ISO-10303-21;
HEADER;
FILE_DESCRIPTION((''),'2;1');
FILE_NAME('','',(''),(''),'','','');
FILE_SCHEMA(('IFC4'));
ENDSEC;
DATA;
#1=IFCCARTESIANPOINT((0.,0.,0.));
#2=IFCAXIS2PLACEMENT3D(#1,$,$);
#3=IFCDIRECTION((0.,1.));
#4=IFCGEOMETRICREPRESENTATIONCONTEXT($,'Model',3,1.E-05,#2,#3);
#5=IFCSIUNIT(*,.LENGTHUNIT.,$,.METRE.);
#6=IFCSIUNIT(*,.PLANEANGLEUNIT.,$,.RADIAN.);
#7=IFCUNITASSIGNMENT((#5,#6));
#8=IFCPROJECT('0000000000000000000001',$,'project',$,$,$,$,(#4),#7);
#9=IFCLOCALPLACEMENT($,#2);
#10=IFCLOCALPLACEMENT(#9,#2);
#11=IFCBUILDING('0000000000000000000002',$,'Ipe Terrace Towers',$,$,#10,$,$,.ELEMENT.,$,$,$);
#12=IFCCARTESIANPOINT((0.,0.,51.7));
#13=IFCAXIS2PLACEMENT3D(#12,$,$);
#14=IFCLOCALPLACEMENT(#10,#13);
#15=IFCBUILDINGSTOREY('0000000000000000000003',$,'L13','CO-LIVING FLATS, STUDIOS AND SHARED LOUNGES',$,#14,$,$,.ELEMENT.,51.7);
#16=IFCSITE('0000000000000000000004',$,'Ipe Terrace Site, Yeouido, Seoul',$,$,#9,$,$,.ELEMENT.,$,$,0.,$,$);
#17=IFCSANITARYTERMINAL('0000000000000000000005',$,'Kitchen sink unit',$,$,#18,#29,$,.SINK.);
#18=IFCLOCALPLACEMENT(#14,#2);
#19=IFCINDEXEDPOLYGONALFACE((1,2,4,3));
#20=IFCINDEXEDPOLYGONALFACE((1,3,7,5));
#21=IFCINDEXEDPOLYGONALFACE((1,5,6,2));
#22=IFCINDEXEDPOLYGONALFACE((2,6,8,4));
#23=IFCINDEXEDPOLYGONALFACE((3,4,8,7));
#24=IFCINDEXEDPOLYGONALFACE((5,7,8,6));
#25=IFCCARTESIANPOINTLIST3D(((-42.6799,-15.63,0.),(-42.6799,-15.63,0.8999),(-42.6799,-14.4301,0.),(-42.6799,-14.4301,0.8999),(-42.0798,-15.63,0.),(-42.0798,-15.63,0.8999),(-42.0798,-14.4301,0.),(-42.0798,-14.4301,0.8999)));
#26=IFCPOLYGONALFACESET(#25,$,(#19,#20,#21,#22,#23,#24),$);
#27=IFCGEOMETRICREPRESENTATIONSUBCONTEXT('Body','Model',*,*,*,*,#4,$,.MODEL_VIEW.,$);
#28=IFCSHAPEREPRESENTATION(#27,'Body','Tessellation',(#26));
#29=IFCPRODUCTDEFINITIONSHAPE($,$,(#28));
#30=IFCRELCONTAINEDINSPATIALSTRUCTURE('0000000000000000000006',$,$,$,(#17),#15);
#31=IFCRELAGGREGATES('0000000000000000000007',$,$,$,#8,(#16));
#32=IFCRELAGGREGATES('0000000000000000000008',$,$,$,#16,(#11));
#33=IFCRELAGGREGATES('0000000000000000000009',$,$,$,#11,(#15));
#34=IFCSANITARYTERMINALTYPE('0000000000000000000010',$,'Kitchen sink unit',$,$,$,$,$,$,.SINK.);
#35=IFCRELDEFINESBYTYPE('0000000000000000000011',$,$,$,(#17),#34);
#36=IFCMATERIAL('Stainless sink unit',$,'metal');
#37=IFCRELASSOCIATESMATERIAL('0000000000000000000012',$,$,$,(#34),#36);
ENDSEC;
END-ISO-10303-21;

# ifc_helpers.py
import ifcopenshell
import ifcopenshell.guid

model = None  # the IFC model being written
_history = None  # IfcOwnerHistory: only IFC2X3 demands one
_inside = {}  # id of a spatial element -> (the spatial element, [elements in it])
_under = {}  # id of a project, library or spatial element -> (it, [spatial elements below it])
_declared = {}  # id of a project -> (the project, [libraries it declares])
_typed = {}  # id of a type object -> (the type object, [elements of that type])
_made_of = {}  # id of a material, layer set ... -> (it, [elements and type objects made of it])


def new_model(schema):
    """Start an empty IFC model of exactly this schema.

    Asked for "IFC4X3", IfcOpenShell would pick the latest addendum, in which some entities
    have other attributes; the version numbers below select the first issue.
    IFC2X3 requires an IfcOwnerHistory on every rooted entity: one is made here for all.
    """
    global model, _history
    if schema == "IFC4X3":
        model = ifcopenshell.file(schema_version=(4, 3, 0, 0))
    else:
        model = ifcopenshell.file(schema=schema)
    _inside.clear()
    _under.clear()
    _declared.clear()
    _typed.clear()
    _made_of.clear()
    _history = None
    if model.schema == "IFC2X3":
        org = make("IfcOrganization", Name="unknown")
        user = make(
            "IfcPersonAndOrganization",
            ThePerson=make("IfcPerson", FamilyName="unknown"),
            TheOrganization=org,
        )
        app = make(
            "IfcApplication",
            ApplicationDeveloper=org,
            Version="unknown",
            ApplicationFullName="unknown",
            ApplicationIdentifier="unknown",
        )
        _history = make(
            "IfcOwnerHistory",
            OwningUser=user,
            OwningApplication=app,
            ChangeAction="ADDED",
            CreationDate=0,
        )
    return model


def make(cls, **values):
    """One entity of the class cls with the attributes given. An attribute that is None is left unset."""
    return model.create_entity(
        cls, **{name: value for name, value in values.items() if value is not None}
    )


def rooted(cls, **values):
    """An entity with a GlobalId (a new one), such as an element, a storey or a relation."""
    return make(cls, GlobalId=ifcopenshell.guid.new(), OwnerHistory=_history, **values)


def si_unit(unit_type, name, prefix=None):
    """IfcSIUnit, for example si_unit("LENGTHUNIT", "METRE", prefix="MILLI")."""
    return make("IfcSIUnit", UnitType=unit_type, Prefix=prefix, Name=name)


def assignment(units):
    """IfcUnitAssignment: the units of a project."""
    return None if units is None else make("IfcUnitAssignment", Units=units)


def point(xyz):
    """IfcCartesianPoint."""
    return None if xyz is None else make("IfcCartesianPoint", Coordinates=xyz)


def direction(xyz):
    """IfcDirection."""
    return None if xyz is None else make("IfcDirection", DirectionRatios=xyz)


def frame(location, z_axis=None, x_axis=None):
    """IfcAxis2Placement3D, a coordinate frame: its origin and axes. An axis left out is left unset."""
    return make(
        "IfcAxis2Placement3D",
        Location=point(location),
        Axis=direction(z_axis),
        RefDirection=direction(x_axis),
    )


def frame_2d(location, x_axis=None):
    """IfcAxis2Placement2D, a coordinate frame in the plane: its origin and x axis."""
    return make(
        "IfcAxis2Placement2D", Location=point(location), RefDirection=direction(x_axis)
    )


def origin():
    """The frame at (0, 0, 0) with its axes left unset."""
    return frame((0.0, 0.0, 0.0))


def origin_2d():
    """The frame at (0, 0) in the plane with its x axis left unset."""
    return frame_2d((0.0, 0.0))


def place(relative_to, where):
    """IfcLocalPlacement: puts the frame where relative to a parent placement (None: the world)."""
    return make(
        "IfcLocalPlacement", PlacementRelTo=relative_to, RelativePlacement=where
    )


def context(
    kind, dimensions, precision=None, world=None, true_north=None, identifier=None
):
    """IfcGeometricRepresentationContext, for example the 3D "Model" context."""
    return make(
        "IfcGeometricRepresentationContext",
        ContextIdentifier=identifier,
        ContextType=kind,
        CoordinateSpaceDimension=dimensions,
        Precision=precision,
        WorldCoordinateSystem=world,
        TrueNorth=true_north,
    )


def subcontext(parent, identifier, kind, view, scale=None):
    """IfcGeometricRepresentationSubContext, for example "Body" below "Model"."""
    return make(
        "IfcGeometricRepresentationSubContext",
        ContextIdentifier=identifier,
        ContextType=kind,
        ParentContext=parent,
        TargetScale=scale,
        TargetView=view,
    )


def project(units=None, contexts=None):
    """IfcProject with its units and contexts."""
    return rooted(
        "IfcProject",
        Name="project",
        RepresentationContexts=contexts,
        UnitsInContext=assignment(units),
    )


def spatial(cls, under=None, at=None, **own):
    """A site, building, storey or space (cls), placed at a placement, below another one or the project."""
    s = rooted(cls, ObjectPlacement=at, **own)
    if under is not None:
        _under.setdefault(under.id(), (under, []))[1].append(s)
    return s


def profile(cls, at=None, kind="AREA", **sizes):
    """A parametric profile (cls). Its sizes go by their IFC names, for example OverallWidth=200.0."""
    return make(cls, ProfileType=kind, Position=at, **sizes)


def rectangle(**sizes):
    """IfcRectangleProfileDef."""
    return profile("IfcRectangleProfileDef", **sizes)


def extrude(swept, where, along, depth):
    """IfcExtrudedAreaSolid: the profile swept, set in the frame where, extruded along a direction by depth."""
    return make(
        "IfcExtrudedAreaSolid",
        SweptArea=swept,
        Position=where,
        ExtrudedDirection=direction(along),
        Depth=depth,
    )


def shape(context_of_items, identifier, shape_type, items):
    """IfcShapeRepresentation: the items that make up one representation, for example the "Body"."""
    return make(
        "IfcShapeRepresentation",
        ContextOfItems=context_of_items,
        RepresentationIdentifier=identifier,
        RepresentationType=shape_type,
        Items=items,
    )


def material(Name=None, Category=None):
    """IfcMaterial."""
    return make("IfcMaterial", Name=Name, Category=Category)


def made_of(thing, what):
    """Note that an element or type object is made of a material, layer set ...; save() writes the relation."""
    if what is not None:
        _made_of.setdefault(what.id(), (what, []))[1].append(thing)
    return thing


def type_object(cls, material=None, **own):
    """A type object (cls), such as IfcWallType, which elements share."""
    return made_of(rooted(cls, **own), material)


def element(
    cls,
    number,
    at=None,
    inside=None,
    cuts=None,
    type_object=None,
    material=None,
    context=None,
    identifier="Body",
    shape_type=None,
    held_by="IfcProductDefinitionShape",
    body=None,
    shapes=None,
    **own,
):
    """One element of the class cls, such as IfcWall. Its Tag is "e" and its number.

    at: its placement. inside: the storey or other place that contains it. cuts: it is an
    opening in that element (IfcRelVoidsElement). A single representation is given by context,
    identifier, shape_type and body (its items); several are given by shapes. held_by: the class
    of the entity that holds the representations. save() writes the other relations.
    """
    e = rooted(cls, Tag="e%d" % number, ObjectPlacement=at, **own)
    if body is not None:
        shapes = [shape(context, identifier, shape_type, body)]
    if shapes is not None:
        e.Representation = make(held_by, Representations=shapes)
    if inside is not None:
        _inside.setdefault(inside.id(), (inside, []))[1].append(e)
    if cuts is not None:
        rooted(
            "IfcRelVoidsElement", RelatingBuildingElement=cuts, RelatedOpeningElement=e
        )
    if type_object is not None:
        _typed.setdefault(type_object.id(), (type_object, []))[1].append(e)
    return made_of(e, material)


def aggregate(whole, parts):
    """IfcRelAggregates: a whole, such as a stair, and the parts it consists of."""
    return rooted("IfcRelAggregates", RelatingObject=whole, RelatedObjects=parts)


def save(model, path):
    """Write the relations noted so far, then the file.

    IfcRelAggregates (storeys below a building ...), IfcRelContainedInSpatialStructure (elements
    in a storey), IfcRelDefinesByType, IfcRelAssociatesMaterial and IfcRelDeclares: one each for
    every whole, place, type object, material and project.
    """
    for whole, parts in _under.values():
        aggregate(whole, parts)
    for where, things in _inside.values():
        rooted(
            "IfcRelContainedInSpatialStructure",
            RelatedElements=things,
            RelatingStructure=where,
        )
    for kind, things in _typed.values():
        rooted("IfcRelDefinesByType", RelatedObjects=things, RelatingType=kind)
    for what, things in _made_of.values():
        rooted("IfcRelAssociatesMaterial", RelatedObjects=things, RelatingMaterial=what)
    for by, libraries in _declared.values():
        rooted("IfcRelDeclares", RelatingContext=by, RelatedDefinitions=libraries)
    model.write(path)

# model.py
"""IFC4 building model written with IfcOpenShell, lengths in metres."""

from ifc_helpers import new_model, si_unit, direction, frame, origin, origin_2d, place, context, subcontext, project, spatial, rectangle, extrude, material, type_object, element, save


model = new_model("IFC4")

# Units and contexts
model_context = context("Model", 3, precision=1e-05, world=origin(), true_north=direction((0.0, 1.0)))
body_context = subcontext(model_context, "Body", "Model", "MODEL_VIEW")
ifc_project = project(units=[si_unit("LENGTHUNIT", "METRE"), si_unit("PLANEANGLEUNIT", "RADIAN")], contexts=[model_context])

# Site, building, storey
site_placement = place(None, origin())
site = spatial("IfcSite", under=ifc_project, at=site_placement, Name="Ipe Terrace Site, Yeouido, Seoul", CompositionType="ELEMENT", RefElevation=0.0)
building_placement = place(site_placement, origin())
building = spatial("IfcBuilding", under=site, at=building_placement, Name="Ipe Terrace Towers", CompositionType="ELEMENT")
storey_placement = place(building_placement, frame((0.0, 0.0, 51.7)))
storey = spatial("IfcBuildingStorey", under=building, at=storey_placement, Name="L13", Description="CO-LIVING FLATS, STUDIOS AND SHARED LOUNGES", CompositionType="ELEMENT", Elevation=51.7)

# Sanitary terminal
ifc_material_1 = material(Name="Stainless sink unit", Category="metal")
sanitary_terminal_type = type_object("IfcSanitaryTerminalType", Name="Kitchen sink unit", PredefinedType="SINK", material=ifc_material_1)
sanitary_terminal_placement = place(storey_placement, frame((-42.3799, -15.03, 0.0), z_axis=(0.0, 0.0, 1.0), x_axis=(0.0, 1.0, 0.0)))
element("IfcSanitaryTerminal", 1, at=sanitary_terminal_placement, inside=storey, type_object=sanitary_terminal_type, Name="Kitchen sink unit", PredefinedType="SINK", context=body_context, shape_type="SweptSolid", body=[
    extrude(rectangle(XDim=1.2, YDim=0.6001, at=origin_2d()), origin(), (0.0, 0.0, 1.0), 0.8999),
])

save(model, "model.ifc")
